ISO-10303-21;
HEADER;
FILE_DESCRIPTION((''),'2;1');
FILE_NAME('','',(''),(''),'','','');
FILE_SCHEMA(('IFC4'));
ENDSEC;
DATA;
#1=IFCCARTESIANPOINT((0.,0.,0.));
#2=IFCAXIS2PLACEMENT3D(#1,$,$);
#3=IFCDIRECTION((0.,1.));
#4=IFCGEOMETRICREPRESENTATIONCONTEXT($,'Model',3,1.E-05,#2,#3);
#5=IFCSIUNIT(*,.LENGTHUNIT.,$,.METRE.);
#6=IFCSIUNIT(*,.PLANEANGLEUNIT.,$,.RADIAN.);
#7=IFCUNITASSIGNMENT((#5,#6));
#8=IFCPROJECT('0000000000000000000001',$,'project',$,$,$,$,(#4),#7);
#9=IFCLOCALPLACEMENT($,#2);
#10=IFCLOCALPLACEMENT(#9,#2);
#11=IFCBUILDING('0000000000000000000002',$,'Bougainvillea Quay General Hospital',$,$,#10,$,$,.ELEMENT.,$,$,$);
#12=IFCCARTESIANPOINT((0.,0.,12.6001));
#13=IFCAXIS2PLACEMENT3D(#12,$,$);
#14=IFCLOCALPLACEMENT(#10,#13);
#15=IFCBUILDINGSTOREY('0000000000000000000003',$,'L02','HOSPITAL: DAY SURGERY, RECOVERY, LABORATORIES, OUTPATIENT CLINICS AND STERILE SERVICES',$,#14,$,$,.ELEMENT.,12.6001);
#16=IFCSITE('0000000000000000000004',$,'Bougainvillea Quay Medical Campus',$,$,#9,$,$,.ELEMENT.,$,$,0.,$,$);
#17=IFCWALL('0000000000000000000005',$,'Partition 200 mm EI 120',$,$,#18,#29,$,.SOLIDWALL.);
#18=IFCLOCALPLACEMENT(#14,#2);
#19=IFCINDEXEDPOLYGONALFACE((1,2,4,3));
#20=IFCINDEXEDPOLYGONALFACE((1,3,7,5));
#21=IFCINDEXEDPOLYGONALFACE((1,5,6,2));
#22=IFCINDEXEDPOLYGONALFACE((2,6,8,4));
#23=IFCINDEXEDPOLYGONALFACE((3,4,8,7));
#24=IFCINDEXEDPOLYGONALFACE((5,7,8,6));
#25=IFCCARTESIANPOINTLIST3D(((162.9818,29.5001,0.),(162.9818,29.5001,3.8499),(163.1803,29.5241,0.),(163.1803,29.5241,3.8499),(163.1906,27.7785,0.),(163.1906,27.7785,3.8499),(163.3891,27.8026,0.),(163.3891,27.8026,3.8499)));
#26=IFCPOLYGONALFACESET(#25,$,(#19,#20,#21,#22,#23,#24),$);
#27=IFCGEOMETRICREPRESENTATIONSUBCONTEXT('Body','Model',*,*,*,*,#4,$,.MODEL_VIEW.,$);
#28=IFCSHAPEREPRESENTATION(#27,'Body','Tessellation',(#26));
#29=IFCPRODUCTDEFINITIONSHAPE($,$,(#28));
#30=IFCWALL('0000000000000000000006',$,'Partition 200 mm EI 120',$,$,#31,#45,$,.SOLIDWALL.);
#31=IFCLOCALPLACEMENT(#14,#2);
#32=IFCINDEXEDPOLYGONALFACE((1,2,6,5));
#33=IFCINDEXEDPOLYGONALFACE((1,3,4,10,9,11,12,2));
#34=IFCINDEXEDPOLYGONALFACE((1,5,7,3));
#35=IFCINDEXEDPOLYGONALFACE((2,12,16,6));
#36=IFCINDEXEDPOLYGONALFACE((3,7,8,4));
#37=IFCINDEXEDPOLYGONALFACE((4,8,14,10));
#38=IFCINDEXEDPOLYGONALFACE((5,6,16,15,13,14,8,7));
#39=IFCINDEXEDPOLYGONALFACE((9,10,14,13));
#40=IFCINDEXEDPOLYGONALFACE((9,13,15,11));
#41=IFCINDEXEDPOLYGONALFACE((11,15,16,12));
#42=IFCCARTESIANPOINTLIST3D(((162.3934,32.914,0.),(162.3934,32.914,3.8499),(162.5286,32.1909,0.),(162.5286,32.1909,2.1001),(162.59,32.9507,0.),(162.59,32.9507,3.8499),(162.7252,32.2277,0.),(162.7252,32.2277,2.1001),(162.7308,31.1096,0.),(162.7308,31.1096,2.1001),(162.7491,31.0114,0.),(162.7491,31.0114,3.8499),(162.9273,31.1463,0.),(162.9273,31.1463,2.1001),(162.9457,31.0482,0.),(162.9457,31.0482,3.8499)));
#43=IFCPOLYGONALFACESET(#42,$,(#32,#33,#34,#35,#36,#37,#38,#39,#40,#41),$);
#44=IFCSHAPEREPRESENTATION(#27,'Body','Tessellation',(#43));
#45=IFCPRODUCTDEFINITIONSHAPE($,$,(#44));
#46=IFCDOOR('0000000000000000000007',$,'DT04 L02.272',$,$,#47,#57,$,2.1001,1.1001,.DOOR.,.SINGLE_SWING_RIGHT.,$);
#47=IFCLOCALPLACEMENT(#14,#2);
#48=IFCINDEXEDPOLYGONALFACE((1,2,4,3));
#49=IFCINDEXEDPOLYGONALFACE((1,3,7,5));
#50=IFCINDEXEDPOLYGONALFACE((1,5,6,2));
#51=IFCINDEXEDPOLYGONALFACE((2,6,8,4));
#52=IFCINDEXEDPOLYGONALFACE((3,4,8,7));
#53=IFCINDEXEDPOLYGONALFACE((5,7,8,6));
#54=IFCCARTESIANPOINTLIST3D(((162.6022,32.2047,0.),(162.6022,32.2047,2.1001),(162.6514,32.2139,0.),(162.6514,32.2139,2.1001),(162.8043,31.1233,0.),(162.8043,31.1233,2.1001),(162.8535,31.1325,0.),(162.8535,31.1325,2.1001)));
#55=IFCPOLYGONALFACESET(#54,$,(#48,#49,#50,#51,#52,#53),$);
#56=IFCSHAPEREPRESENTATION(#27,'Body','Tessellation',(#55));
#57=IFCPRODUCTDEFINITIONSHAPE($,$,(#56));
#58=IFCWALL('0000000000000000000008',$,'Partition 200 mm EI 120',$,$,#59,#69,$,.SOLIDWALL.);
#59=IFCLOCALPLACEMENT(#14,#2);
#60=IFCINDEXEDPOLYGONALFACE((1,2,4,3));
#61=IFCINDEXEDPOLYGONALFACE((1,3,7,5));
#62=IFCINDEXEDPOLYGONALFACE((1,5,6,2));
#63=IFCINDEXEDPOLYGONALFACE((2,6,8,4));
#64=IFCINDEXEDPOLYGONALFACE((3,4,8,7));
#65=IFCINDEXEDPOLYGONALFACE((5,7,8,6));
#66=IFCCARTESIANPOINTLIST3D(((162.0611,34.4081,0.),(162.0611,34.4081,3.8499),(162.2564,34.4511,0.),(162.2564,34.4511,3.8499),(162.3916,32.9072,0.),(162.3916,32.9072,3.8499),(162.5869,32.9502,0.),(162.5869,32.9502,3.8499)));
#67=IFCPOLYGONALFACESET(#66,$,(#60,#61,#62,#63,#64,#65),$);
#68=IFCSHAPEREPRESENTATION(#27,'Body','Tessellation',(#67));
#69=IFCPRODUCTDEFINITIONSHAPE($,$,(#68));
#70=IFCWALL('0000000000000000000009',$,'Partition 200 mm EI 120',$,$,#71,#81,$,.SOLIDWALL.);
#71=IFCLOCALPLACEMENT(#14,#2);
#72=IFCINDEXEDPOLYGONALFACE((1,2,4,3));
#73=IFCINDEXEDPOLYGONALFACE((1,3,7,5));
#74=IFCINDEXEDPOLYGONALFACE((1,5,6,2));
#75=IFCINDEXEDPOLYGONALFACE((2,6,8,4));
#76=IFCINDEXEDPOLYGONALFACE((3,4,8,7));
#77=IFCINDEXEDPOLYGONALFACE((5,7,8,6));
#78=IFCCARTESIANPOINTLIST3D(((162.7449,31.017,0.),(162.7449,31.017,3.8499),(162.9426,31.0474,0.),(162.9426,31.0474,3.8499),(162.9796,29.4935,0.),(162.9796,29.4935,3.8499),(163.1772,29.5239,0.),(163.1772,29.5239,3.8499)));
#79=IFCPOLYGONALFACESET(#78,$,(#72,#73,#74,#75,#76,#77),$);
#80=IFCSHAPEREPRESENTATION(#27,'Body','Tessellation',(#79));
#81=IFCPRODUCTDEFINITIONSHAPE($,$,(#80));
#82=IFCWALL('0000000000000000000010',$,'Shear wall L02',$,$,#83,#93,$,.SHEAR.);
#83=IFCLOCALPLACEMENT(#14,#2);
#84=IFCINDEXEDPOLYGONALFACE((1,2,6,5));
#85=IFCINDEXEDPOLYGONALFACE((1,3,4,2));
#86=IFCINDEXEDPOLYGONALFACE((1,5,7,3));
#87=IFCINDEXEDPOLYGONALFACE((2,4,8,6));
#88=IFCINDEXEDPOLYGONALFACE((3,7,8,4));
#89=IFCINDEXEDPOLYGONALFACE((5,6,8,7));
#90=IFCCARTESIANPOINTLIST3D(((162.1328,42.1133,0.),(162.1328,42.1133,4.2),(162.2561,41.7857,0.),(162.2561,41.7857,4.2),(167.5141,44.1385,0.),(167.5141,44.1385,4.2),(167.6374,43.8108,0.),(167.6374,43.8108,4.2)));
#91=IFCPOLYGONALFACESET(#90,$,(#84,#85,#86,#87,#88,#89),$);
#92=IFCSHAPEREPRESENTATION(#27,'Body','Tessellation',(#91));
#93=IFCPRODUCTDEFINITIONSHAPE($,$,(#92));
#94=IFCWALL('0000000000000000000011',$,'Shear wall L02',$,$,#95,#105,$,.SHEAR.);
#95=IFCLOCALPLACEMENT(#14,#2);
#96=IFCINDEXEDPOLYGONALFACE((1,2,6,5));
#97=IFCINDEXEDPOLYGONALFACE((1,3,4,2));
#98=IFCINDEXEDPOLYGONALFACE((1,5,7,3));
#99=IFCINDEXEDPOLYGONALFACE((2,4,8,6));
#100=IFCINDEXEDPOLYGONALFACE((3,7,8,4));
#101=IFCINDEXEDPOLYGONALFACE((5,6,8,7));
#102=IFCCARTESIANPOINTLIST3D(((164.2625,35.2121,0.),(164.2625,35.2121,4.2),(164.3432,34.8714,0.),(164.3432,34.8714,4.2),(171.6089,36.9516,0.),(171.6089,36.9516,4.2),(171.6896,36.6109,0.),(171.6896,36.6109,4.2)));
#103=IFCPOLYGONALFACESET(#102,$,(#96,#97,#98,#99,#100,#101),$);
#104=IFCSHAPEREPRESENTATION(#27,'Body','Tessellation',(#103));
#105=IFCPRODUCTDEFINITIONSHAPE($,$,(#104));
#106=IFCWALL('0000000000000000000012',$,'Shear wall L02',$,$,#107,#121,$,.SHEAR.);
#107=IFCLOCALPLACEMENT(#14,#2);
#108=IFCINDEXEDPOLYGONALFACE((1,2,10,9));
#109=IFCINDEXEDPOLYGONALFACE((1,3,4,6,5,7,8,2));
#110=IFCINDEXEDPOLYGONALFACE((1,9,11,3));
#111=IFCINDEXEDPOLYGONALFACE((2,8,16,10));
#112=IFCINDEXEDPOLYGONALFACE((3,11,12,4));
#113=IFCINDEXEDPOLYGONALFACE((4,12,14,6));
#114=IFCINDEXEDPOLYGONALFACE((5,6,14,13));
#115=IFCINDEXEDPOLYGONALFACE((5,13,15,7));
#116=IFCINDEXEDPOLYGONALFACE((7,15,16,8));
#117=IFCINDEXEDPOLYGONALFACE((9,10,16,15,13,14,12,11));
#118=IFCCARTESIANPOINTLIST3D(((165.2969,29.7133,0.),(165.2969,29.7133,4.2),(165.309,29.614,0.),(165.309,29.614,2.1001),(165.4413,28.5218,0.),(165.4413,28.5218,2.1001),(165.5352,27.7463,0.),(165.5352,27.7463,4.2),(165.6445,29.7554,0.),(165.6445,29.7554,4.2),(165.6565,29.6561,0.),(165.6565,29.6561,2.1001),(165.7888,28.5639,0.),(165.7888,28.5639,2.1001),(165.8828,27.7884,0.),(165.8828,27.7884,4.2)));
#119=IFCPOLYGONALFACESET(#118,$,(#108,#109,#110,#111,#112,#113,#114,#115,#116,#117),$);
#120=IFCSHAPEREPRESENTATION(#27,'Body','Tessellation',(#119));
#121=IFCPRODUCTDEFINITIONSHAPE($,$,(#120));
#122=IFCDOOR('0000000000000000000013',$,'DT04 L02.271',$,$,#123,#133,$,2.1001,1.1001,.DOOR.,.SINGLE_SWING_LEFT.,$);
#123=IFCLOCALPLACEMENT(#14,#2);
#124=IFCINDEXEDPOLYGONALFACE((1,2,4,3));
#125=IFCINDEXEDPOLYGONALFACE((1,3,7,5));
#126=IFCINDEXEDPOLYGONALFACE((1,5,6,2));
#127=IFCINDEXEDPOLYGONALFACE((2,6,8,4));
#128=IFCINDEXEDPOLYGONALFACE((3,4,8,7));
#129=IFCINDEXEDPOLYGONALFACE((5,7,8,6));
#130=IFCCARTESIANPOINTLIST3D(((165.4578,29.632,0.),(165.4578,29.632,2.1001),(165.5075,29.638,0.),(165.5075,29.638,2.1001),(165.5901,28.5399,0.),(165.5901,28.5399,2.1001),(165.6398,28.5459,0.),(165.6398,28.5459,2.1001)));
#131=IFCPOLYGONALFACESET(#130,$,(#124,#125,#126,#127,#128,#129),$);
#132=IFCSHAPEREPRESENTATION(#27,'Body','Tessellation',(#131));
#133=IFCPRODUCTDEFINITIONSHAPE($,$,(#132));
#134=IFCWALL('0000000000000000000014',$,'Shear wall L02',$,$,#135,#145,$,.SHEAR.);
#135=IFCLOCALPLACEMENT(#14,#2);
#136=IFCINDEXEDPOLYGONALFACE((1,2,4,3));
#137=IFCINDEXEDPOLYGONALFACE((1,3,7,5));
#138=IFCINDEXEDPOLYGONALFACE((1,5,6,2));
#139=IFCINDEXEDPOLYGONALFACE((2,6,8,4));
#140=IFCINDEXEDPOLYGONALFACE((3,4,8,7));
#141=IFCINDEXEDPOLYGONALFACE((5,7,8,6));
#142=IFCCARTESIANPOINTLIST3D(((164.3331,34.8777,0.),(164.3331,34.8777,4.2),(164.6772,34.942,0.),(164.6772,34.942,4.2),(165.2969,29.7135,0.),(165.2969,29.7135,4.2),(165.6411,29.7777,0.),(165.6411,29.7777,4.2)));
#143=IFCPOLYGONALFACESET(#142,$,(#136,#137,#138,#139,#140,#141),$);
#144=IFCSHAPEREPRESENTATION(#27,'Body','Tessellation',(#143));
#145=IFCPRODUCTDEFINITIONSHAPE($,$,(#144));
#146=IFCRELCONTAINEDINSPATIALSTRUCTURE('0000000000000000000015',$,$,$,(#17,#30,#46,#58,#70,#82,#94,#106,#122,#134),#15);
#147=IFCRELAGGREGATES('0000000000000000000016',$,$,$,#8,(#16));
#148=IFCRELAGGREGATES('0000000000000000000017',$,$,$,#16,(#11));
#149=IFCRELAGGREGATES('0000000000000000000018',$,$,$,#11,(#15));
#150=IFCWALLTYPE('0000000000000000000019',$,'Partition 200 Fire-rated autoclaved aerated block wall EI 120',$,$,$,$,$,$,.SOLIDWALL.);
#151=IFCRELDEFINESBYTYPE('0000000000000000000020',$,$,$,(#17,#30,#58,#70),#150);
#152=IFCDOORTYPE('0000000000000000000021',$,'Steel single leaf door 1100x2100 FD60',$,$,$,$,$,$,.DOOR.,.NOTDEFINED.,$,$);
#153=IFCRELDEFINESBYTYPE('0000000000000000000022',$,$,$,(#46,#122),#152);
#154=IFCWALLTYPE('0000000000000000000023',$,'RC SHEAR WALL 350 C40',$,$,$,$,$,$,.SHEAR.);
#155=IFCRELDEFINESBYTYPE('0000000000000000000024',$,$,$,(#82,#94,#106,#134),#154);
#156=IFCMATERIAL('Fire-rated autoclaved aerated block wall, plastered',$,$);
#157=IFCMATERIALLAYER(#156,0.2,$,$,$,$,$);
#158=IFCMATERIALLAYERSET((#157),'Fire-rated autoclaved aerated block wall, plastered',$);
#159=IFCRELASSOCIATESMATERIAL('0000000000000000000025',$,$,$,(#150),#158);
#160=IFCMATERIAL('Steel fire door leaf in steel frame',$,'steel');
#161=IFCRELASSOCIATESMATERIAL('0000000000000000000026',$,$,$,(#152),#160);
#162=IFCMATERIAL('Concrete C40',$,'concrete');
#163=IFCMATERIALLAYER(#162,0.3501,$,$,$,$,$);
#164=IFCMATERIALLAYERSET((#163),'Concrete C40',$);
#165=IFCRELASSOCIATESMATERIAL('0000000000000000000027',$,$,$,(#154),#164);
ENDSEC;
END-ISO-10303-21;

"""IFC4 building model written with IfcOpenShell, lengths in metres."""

from ifc_helpers import new_model, si_unit, direction, frame, frame_2d, origin, place, context, subcontext, project, spatial, rectangle, extrude, material, layer, layer_set, type_object, element, fill, save


model = new_model("IFC4")

# Units and contexts
model_context = context("Model", 3, precision=1e-05, world=origin(), true_north=direction((0.0, 1.0)))
body_context = subcontext(model_context, "Body", "Model", "MODEL_VIEW")
ifc_project = project(units=[si_unit("LENGTHUNIT", "METRE"), si_unit("PLANEANGLEUNIT", "RADIAN")], contexts=[model_context])

# Site, building, storey
site_placement = place(None, origin())
site = spatial("IfcSite", under=ifc_project, at=site_placement, Name="Bougainvillea Quay Medical Campus", CompositionType="ELEMENT", RefElevation=0.0)
building_placement = place(site_placement, origin())
building = spatial("IfcBuilding", under=site, at=building_placement, Name="Bougainvillea Quay General Hospital", CompositionType="ELEMENT")
storey_placement = place(building_placement, frame((0.0, 0.0, 12.6001)))
storey = spatial("IfcBuildingStorey", under=building, at=storey_placement, Name="L02", Description="HOSPITAL: DAY SURGERY, RECOVERY, LABORATORIES, OUTPATIENT CLINICS AND STERILE SERVICES", CompositionType="ELEMENT", Elevation=12.6001)

# Shared definitions
ifc_material_1 = material(Name="Concrete C40", Category="concrete")

# Wall
ifc_material_2 = material(Name="Fire-rated autoclaved aerated block wall, plastered")
ifc_layer_1 = layer(ifc_material_2, 0.2)
ifc_layer_set_1 = layer_set([ifc_layer_1], Name="Fire-rated autoclaved aerated block wall, plastered")
wall_type_1 = type_object("IfcWallType", Name="Partition 200 Fire-rated autoclaved aerated block wall EI 120", PredefinedType="SOLIDWALL", material=ifc_layer_set_1)
wall_1_placement = place(storey_placement, frame((163.0811, 29.5122, 0.0), z_axis=(0.0, 0.0, 1.0), x_axis=(0.120378, -0.992728, 0.0)))
element("IfcWall", 1, at=wall_1_placement, inside=storey, type_object=wall_type_1, Name="Partition 200 mm EI 120", PredefinedType="SOLIDWALL", context=body_context, shape_type="SweptSolid", body=[
    extrude(rectangle(XDim=1.7341, YDim=0.2, at=frame_2d((0.8672, 0.0))), origin(), (0.0, 0.0, 1.0), 3.8499),
])

# Wall, opening, door
wall_2_placement = place(storey_placement, frame((162.4917, 32.9324, 0.0), z_axis=(0.0, 0.0, 1.0), x_axis=(0.183778, -0.982968, 0.0)))
wall_2 = element("IfcWall", 2, at=wall_2_placement, inside=storey, type_object=wall_type_1, Name="Partition 200 mm EI 120", PredefinedType="SOLIDWALL", context=body_context, shape_type="SweptSolid", body=[
    extrude(rectangle(XDim=1.9355, YDim=0.2, at=frame_2d((0.9678, 0.0))), origin(), (0.0, 0.0, 1.0), 3.8499),
])
opening_1_placement = place(wall_2_placement, frame((0.7356, 0.0, 0.0)))
opening_1 = element("IfcOpeningElement", 3, at=opening_1_placement, cuts=wall_2, PredefinedType="OPENING", context=body_context, shape_type="SweptSolid", body=[
    extrude(rectangle(XDim=1.1001, YDim=2.1001, at=frame_2d((0.55, 1.05))), frame((0.0, 0.1099, 0.0), z_axis=(0.0, -1.0, 0.0), x_axis=(1.0, 0.0, 0.0)), (0.0, 0.0, 1.0), 0.22),
])
ifc_material_3 = material(Name="Steel fire door leaf in steel frame", Category="steel")
door_type_1 = type_object("IfcDoorType", Name="Steel single leaf door 1100x2100 FD60", OperationType="NOTDEFINED", PredefinedType="DOOR", material=ifc_material_3)
door_1_placement = place(opening_1_placement, origin())
door_1 = element("IfcDoor", 4, at=door_1_placement, inside=storey, type_object=door_type_1, Name="DT04 L02.272", OperationType="SINGLE_SWING_RIGHT", OverallHeight=2.1001, OverallWidth=1.1001, PredefinedType="DOOR", context=body_context, shape_type="SweptSolid", body=[
    extrude(rectangle(XDim=1.1001, YDim=2.1001, at=frame_2d((0.55, 1.05))), frame((0.0, 0.0249, 0.0), z_axis=(0.0, -1.0, 0.0), x_axis=(1.0, 0.0, 0.0)), (0.0, 0.0, 1.0), 0.05),
])
fill(opening_1, door_1)

# Walls
wall_3_placement = place(storey_placement, frame((162.1587, 34.4297, 0.0), z_axis=(0.0, 0.0, 1.0), x_axis=(0.21508, -0.976596, 0.0)))
element("IfcWall", 5, at=wall_3_placement, inside=storey, type_object=wall_type_1, Name="Partition 200 mm EI 120", PredefinedType="SOLIDWALL", context=body_context, shape_type="SweptSolid", body=[
    extrude(rectangle(XDim=1.5369, YDim=0.2, at=frame_2d((0.7686, 0.0))), origin(), (0.0, 0.0, 1.0), 3.8499),
])
wall_4_placement = place(storey_placement, frame((162.8438, 31.0322, 0.0), z_axis=(0.0, 0.0, 1.0), x_axis=(0.152212, -0.988348, 0.0)))
element("IfcWall", 6, at=wall_4_placement, inside=storey, type_object=wall_type_1, Name="Partition 200 mm EI 120", PredefinedType="SOLIDWALL", context=body_context, shape_type="SweptSolid", body=[
    extrude(rectangle(XDim=1.5415, YDim=0.2, at=frame_2d((0.7708, 0.0))), origin(), (0.0, 0.0, 1.0), 3.8499),
])
ifc_layer_2 = layer(ifc_material_1, 0.3501)
ifc_layer_set_2 = layer_set([ifc_layer_2], Name="Concrete C40")
wall_type_2 = type_object("IfcWallType", Name="RC SHEAR WALL 350 C40", PredefinedType="SHEAR", material=ifc_layer_set_2)
wall_5_placement = place(storey_placement, frame((162.1943, 41.9495, 0.0), z_axis=(0.0, 0.0, 1.0), x_axis=(0.93592, 0.352212, 0.0)))
element("IfcWall", 7, at=wall_5_placement, inside=storey, type_object=wall_type_2, Name="Shear wall L02", PredefinedType="SHEAR", context=body_context, shape_type="SweptSolid", body=[
    extrude(rectangle(XDim=5.7498, YDim=0.3501, at=frame_2d((2.875, 0.0))), origin(), (0.0, 0.0, 1.0), 4.2),
])
wall_6_placement = place(storey_placement, frame((164.3027, 35.0417, 0.0), z_axis=(0.0, 0.0, 1.0), x_axis=(0.973093, 0.230411, 0.0)))
element("IfcWall", 8, at=wall_6_placement, inside=storey, type_object=wall_type_2, Name="Shear wall L02", PredefinedType="SHEAR", context=body_context, shape_type="SweptSolid", body=[
    extrude(rectangle(XDim=7.5496, YDim=0.3501, at=frame_2d((3.7749, 0.0))), origin(), (0.0, 0.0, 1.0), 4.2),
])

# Wall, opening, door
wall_7_placement = place(storey_placement, frame((165.4707, 29.7344, 0.0), z_axis=(0.0, 0.0, 1.0), x_axis=(0.120258, -0.992743, 0.0)))
wall_7 = element("IfcWall", 9, at=wall_7_placement, inside=storey, type_object=wall_type_2, Name="Shear wall L02", PredefinedType="SHEAR", context=body_context, shape_type="SweptSolid", body=[
    extrude(rectangle(XDim=1.9814, YDim=0.3501, at=frame_2d((0.9907, 0.0))), origin(), (0.0, 0.0, 1.0), 4.2),
])
opening_2_placement = place(wall_7_placement, frame((0.1001, 0.0, 0.0)))
opening_2 = element("IfcOpeningElement", 10, at=opening_2_placement, cuts=wall_7, PredefinedType="OPENING", context=body_context, shape_type="SweptSolid", body=[
    extrude(rectangle(XDim=1.1001, YDim=2.1001, at=frame_2d((0.55, 1.05))), frame((0.0, 0.1851, 0.0), z_axis=(0.0, -1.0, 0.0), x_axis=(1.0, 0.0, 0.0)), (0.0, 0.0, 1.0), 0.3701),
])
door_2_placement = place(opening_2_placement, origin())
door_2 = element("IfcDoor", 11, at=door_2_placement, inside=storey, type_object=door_type_1, Name="DT04 L02.271", OperationType="SINGLE_SWING_LEFT", OverallHeight=2.1001, OverallWidth=1.1001, PredefinedType="DOOR", context=body_context, shape_type="SweptSolid", body=[
    extrude(rectangle(XDim=1.1001, YDim=2.1001, at=frame_2d((0.55, 1.05))), frame((0.0, 0.0249, 0.0), z_axis=(0.0, -1.0, 0.0), x_axis=(1.0, 0.0, 0.0)), (0.0, 0.0, 1.0), 0.05),
])
fill(opening_2, door_2)

# Wall
wall_8_placement = place(storey_placement, frame((165.469, 29.7456, 0.0), z_axis=(0.0, 0.0, 1.0), x_axis=(-0.183472, 0.983025, 0.0)))
element("IfcWall", 12, at=wall_8_placement, inside=storey, type_object=wall_type_2, Name="Shear wall L02", PredefinedType="SHEAR", context=body_context, shape_type="SweptSolid", body=[
    extrude(rectangle(XDim=5.2534, YDim=0.3501, at=frame_2d((2.6267, 0.0))), origin(), (0.0, 0.0, 1.0), 4.2),
])

save(model, "model.ifc")
